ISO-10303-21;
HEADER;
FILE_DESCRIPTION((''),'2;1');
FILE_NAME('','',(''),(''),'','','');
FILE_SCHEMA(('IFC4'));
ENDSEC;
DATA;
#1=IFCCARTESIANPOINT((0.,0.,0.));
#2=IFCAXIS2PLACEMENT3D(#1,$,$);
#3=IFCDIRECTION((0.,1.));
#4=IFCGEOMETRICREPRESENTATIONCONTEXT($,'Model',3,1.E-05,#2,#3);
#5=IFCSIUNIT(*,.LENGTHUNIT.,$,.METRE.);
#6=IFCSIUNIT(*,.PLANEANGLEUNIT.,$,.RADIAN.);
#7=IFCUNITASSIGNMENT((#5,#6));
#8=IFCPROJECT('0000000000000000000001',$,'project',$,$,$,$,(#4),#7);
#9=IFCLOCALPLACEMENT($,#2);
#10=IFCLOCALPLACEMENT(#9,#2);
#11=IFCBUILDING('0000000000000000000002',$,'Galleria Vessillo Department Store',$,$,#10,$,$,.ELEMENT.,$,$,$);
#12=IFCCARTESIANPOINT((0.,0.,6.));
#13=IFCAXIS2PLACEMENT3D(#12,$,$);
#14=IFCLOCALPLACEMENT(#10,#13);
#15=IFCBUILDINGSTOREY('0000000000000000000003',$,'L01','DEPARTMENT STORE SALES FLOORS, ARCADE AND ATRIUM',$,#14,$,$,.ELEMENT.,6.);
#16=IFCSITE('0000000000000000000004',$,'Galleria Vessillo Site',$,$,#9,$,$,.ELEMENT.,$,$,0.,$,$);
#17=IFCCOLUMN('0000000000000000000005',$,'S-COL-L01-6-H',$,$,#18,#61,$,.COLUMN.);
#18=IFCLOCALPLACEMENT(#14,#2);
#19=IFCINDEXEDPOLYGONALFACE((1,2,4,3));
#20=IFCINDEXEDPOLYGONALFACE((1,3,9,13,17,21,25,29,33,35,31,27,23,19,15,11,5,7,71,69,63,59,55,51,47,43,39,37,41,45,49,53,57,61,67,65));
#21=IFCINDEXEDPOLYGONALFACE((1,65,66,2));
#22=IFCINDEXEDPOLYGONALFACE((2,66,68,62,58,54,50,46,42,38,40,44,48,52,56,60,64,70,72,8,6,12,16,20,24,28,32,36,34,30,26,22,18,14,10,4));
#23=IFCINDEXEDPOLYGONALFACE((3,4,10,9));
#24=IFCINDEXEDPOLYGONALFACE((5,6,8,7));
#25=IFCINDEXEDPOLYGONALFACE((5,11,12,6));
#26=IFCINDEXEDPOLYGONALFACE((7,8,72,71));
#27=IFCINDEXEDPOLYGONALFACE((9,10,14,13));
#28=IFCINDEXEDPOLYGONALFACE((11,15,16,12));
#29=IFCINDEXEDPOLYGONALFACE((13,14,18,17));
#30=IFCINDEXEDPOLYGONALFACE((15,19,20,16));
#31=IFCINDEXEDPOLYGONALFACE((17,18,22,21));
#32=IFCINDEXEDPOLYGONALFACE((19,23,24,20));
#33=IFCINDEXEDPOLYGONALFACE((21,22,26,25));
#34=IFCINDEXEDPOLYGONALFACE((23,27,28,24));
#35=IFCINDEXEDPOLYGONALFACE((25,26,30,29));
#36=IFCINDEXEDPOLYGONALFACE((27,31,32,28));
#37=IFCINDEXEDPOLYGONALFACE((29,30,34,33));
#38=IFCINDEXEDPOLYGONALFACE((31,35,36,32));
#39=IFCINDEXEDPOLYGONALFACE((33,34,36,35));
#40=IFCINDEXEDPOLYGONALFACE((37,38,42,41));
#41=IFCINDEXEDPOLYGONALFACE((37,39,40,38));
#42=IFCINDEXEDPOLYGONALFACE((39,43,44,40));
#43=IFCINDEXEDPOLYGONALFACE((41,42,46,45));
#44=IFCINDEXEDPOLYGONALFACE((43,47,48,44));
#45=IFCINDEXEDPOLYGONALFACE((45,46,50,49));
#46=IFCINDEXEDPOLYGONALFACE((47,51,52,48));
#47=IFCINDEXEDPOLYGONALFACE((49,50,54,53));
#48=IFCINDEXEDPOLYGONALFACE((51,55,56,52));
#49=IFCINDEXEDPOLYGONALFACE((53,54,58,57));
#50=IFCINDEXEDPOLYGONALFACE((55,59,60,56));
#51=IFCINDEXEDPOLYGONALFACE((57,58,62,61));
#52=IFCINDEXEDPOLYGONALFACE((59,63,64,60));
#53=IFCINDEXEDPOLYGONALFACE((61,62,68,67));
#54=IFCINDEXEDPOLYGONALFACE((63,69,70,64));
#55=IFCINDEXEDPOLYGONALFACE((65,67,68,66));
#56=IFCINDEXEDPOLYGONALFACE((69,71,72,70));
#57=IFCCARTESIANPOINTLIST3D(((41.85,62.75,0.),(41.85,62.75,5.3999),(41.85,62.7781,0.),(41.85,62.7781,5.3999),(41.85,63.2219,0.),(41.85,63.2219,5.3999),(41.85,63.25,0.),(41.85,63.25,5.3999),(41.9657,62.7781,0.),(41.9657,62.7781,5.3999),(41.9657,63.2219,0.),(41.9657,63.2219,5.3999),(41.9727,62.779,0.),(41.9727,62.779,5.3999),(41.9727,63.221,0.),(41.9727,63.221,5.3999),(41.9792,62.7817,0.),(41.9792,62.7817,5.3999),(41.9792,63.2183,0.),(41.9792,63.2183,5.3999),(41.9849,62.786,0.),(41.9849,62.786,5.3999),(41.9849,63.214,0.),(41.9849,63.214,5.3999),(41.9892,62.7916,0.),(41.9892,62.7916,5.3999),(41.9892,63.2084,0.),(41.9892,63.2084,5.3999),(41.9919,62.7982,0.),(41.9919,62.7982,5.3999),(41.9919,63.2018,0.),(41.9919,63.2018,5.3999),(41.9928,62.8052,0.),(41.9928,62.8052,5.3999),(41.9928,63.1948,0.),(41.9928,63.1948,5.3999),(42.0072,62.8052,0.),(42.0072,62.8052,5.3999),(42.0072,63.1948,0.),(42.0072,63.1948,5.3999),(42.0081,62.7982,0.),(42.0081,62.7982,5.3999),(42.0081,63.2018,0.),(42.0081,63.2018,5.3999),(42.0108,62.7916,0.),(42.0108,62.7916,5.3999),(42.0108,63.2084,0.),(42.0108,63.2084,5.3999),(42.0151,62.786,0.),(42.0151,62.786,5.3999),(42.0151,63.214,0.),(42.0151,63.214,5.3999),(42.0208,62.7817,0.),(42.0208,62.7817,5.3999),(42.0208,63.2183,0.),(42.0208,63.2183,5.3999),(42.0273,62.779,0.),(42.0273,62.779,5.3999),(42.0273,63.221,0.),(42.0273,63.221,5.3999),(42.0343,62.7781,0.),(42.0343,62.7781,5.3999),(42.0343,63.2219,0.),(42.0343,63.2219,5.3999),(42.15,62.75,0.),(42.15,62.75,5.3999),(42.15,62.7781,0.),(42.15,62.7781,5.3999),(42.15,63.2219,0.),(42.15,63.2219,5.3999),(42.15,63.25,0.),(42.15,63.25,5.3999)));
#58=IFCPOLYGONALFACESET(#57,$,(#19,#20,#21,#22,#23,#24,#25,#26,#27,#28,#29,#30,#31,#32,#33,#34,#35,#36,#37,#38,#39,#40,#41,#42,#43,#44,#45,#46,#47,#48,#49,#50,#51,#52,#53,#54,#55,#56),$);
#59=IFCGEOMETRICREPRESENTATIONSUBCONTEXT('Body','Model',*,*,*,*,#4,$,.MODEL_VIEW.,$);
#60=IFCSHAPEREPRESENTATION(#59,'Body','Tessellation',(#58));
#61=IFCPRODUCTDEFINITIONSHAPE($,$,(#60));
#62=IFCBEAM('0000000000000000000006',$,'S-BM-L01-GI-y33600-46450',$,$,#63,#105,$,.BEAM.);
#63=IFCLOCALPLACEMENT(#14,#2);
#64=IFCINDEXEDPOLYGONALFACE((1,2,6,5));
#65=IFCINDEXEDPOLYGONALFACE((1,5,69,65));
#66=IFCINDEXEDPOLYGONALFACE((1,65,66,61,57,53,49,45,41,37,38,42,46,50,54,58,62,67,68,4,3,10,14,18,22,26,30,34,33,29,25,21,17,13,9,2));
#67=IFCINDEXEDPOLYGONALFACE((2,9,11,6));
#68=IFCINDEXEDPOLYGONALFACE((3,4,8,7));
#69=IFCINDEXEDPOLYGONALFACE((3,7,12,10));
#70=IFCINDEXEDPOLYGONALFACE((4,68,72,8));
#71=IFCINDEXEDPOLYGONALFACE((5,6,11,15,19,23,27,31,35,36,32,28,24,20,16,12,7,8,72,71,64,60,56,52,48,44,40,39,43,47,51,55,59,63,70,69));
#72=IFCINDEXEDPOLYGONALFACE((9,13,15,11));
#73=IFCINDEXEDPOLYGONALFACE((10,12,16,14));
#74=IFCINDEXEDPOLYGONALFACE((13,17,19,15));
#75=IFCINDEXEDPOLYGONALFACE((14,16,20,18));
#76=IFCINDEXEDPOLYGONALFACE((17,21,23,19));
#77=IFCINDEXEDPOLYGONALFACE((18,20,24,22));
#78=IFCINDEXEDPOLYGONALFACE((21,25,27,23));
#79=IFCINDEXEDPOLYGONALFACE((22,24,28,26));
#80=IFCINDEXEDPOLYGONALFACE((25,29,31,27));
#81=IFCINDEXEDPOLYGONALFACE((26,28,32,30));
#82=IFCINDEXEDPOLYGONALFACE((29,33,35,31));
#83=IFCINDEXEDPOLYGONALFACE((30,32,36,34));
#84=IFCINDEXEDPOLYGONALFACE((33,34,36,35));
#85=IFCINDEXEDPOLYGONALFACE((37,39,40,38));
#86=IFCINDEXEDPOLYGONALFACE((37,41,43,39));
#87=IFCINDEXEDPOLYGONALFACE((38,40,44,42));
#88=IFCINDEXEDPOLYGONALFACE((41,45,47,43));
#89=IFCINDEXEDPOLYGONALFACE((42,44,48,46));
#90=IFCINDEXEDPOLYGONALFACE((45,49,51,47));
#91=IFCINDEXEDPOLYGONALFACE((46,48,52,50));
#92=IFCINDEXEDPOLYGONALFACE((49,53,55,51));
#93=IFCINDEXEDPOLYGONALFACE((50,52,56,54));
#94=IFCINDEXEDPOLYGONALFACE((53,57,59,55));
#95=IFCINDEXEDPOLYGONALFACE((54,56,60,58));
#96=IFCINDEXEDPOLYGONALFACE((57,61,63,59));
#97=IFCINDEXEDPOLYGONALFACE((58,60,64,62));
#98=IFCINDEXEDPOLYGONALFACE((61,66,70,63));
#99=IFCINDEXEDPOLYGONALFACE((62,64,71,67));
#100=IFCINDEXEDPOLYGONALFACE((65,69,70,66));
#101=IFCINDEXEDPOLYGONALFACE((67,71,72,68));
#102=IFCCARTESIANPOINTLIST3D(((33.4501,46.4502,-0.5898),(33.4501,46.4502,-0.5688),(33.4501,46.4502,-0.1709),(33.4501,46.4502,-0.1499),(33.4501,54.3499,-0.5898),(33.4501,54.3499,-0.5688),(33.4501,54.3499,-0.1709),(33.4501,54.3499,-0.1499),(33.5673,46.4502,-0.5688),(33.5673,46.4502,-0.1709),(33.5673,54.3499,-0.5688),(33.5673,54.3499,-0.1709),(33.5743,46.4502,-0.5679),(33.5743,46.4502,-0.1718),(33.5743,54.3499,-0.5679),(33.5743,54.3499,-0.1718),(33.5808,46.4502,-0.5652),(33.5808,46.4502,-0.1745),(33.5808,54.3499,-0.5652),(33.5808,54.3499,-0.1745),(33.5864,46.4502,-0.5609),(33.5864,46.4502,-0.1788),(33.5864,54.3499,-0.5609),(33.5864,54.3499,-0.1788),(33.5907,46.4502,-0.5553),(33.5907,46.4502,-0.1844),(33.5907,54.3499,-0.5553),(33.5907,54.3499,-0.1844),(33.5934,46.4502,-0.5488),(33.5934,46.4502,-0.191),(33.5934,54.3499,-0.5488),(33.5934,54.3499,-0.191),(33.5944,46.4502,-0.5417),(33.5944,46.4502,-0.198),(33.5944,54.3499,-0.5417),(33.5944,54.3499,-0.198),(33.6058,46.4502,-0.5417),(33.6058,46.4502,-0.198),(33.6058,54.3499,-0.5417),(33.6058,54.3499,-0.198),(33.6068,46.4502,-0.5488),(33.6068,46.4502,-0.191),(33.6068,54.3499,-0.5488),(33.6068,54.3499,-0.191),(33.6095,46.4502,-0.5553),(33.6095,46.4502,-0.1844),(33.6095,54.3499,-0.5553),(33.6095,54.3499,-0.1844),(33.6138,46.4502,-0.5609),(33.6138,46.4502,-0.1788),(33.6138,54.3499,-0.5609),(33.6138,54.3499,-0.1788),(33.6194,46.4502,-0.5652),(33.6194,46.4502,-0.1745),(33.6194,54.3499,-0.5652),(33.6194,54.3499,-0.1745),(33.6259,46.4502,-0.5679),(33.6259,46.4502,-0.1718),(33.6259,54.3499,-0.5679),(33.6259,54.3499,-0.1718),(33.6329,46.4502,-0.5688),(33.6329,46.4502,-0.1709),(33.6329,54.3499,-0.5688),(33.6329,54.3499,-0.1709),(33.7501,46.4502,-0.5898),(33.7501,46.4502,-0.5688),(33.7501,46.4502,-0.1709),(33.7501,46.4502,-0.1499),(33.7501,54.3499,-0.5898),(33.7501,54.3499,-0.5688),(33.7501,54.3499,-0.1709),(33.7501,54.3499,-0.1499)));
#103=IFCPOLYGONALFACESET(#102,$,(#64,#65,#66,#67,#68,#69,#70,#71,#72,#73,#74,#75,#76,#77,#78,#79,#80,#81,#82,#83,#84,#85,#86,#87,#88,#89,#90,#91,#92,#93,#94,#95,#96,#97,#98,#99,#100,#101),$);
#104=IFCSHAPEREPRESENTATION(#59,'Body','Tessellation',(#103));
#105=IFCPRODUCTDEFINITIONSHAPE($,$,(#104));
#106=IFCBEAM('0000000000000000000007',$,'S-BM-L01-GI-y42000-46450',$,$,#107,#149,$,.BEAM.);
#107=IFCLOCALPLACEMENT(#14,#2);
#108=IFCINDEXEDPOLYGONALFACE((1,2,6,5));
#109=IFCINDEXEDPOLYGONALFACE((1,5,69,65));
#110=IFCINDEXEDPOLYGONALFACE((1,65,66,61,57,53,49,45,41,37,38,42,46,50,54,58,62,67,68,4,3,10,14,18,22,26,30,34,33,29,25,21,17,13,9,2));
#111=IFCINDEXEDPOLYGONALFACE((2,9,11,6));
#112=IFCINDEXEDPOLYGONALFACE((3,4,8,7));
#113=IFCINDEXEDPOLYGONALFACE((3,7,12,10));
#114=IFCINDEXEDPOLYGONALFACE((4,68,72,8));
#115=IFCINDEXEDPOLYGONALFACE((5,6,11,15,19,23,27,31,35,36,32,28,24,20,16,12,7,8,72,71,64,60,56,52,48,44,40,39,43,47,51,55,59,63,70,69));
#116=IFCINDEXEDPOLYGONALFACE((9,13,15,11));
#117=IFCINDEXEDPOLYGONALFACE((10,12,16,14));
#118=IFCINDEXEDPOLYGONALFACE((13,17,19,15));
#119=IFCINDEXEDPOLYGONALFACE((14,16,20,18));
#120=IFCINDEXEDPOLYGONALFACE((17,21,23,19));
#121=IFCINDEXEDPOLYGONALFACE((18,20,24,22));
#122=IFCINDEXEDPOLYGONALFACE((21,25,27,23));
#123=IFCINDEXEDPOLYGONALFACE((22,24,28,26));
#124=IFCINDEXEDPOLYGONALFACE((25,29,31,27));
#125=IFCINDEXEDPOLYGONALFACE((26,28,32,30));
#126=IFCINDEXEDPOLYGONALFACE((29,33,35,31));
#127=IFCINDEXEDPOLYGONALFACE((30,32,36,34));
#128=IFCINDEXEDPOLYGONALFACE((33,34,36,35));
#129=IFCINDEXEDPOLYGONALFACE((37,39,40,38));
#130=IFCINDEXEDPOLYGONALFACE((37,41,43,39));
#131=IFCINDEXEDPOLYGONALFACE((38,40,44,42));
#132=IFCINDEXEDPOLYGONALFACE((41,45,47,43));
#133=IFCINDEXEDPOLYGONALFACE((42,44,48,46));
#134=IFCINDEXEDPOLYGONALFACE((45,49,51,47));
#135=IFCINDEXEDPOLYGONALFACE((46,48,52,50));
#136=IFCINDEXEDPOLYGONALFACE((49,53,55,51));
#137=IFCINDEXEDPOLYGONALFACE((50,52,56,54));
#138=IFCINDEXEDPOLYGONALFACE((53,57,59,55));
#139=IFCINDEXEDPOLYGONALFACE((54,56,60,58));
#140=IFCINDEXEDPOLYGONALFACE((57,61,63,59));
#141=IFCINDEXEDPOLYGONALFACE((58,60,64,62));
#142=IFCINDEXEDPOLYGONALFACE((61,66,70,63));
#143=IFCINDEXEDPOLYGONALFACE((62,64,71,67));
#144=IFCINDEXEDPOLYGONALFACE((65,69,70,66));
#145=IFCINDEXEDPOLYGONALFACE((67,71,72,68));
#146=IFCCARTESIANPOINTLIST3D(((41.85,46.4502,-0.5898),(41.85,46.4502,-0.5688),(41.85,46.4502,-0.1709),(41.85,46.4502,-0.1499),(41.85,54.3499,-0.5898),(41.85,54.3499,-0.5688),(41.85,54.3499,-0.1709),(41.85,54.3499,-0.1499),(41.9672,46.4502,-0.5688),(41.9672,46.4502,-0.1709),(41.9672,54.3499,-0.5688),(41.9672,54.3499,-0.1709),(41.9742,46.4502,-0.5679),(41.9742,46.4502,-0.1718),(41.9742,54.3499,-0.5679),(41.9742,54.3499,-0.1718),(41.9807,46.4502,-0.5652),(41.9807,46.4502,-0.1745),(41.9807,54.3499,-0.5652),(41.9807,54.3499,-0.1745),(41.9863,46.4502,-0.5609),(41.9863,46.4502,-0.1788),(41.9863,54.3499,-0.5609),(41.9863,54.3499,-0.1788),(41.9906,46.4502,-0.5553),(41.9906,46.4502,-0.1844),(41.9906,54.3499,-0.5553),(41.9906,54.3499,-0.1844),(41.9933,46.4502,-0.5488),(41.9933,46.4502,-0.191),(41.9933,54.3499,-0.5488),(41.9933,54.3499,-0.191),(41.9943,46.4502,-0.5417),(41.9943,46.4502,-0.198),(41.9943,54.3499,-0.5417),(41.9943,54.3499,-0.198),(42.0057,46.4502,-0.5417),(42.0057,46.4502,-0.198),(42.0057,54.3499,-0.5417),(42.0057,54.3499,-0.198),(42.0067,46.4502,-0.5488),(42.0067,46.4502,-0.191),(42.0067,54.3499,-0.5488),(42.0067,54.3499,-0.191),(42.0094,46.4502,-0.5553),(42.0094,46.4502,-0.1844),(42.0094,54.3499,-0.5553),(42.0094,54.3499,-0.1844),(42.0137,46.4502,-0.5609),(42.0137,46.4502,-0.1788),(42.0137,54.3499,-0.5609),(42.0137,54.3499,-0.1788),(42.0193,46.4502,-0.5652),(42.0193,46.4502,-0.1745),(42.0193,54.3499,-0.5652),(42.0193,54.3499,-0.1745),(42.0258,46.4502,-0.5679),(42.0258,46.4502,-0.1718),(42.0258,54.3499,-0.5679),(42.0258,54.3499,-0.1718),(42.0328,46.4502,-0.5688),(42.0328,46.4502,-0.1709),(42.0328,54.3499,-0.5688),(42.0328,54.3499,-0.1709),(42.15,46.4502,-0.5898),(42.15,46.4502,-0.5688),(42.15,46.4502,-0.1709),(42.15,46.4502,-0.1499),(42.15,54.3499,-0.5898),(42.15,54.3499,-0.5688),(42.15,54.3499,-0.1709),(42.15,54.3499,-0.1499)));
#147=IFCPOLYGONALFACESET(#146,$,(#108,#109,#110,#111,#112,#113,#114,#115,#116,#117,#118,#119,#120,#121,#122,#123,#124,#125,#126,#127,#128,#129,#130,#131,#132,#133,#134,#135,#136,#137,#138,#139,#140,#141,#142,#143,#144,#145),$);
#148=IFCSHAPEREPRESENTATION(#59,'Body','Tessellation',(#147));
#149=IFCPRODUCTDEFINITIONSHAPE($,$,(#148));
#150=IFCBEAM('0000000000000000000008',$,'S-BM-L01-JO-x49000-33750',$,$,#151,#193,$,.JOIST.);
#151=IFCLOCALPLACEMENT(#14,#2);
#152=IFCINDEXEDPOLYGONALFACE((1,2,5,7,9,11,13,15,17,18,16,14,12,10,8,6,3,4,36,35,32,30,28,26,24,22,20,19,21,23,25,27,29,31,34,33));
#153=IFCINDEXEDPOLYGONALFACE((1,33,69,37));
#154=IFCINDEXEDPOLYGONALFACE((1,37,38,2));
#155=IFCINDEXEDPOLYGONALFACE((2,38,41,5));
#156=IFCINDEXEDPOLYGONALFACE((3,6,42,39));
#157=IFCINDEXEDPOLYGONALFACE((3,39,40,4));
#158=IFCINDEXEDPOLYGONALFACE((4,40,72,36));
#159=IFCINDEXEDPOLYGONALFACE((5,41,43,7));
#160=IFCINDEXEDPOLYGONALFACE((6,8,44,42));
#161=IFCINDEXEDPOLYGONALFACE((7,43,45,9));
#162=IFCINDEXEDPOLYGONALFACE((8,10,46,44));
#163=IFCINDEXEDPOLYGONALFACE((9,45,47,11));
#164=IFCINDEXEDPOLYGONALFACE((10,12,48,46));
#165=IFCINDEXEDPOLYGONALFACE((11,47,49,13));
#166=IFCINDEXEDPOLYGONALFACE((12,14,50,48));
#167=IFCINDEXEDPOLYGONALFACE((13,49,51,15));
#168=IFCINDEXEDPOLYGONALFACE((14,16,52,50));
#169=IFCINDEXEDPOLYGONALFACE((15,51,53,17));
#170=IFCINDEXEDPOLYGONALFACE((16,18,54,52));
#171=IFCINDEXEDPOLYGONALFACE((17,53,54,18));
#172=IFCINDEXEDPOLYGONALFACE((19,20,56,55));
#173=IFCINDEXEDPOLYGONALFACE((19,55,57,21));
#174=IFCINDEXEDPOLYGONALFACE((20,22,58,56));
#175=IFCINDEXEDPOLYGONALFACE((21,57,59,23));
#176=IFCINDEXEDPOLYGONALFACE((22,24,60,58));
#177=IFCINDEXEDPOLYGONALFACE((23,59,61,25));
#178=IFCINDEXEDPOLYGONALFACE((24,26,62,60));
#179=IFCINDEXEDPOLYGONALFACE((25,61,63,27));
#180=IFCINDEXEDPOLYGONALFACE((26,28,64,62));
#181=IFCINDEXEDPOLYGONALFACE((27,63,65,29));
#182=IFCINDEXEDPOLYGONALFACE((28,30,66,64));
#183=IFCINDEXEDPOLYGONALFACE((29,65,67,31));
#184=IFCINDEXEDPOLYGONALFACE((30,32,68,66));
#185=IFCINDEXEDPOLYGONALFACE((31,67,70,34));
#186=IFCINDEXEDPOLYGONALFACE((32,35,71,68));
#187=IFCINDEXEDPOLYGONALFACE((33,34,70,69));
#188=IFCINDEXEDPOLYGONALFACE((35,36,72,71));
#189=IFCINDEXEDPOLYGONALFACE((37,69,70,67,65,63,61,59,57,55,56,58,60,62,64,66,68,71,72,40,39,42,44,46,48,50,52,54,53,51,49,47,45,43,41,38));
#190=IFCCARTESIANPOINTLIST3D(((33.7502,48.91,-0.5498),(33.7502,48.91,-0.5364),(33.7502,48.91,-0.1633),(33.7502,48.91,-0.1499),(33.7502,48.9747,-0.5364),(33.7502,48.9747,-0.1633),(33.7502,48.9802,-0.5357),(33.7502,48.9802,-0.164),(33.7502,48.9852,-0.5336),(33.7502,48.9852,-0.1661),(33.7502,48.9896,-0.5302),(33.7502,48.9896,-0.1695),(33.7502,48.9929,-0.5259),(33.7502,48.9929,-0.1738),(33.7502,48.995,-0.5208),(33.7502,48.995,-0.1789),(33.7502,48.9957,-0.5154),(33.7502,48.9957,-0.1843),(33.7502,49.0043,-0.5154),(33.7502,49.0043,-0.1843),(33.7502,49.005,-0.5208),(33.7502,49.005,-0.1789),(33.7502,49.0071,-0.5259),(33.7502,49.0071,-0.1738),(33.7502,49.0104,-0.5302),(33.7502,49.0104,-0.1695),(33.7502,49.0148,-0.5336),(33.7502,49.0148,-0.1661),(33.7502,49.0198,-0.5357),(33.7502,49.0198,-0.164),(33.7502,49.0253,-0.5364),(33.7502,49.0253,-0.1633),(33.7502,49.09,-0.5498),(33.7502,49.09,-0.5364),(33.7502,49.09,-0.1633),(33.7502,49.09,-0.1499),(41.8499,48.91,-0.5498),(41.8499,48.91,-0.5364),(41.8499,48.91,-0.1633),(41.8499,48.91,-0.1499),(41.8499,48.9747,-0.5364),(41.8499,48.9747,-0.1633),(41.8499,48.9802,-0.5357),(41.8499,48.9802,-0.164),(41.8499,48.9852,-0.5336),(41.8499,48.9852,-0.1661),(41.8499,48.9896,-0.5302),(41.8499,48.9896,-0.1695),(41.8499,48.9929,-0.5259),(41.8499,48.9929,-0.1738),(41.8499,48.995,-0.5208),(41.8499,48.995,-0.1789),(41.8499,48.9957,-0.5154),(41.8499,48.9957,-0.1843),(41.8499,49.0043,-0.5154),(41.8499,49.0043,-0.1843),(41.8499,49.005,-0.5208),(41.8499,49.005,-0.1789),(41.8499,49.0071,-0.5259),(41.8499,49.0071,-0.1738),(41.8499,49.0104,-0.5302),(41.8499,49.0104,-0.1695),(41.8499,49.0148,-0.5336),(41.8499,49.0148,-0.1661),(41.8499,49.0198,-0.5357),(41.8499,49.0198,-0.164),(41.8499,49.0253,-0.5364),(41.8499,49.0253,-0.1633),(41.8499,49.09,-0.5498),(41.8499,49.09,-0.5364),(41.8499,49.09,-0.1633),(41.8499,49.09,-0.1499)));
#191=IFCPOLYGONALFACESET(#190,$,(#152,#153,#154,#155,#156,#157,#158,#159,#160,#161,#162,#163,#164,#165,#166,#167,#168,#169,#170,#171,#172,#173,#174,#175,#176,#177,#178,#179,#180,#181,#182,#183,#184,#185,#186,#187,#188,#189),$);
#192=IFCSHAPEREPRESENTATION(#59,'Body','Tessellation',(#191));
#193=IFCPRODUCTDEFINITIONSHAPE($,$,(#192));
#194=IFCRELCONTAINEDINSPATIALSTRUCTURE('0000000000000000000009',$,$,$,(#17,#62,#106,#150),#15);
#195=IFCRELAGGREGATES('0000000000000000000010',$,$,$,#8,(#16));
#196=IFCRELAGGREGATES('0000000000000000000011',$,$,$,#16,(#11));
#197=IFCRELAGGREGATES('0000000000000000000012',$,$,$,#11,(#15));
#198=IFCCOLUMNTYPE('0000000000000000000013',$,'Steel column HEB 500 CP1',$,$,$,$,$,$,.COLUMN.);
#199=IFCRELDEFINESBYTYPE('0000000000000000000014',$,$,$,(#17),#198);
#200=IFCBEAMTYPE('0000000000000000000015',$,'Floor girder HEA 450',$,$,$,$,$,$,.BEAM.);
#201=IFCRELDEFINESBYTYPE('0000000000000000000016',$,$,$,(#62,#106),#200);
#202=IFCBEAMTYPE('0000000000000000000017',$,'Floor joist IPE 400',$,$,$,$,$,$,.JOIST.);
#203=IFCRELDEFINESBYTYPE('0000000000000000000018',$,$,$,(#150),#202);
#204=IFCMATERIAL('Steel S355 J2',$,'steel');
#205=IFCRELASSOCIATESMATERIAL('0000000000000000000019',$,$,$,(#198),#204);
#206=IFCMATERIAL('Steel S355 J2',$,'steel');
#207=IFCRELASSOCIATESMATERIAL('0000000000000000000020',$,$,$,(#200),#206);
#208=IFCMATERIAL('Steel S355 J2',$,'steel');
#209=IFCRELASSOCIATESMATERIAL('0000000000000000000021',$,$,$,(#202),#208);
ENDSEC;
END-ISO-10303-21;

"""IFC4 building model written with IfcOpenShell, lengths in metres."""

from ifc_helpers import new_model, si_unit, direction, frame, origin, origin_2d, place, context, subcontext, project, spatial, i_section, extrude, material, material_profile, profile_set, type_object, element, save


model = new_model("IFC4")

# Units and contexts
model_context = context("Model", 3, precision=1e-05, world=origin(), true_north=direction((0.0, 1.0)))
body_context = subcontext(model_context, "Body", "Model", "MODEL_VIEW")
ifc_project = project(units=[si_unit("LENGTHUNIT", "METRE"), si_unit("PLANEANGLEUNIT", "RADIAN")], contexts=[model_context])

# Site, building, storey
site_placement = place(None, origin())
site = spatial("IfcSite", under=ifc_project, at=site_placement, Name="Galleria Vessillo Site", CompositionType="ELEMENT", RefElevation=0.0)
building_placement = place(site_placement, origin())
building = spatial("IfcBuilding", under=site, at=building_placement, Name="Galleria Vessillo Department Store", CompositionType="ELEMENT")
storey_placement = place(building_placement, frame((0.0, 0.0, 6.0)))
storey = spatial("IfcBuildingStorey", under=building, at=storey_placement, Name="L01", Description="DEPARTMENT STORE SALES FLOORS, ARCADE AND ATRIUM", CompositionType="ELEMENT", Elevation=6.0)

# Column
ifc_material_1 = material(Name="Steel S355 J2", Category="steel")
ifc_material_profile_1 = material_profile(ifc_material_1, i_section(OverallWidth=0.3, OverallDepth=0.5, WebThickness=0.0144, FlangeThickness=0.0281, FilletRadius=0.0271, at=origin_2d()), Name="HEB 500")
ifc_profile_set_1 = profile_set([ifc_material_profile_1], Name="Steel S355 J2")
column_type = type_object("IfcColumnType", Name="Steel column HEB 500 CP1", PredefinedType="COLUMN", material=ifc_profile_set_1)
for number, where, z_axis, x_axis, name in (
    (1, (42.0, 63.0, 0.0), (0.0, 0.0, 1.0), (1.0, 0.0, 0.0), "S-COL-L01-6-H"),
):
    element("IfcColumn", number, at=place(storey_placement, frame(where, z_axis=z_axis, x_axis=x_axis)), inside=storey, type_object=column_type, Name=name, PredefinedType="COLUMN", context=body_context, shape_type="SweptSolid", body=[
        extrude(i_section(OverallWidth=0.3, OverallDepth=0.5, WebThickness=0.0144, FlangeThickness=0.0281, FilletRadius=0.0271, at=origin_2d()), origin(), (0.0, 0.0, 1.0), 5.3999),
    ])

# Beams
ifc_material_2 = material(Name="Steel S355 J2", Category="steel")
ifc_material_profile_2 = material_profile(ifc_material_2, i_section(OverallWidth=0.3, OverallDepth=0.4399, WebThickness=0.0115, FlangeThickness=0.021, FilletRadius=0.0271, at=origin_2d()), Name="HEA 450")
ifc_profile_set_2 = profile_set([ifc_material_profile_2], Name="Steel S355 J2")
beam_type_1 = type_object("IfcBeamType", Name="Floor girder HEA 450", PredefinedType="BEAM", material=ifc_profile_set_2)
for number, where, z_axis, x_axis, name in (
    (2, (33.6001, 46.4502, -0.3699), (0.0, 1.0, 0.0), (-1.0, 0.0, 0.0), "S-BM-L01-GI-y33600-46450"),
    (3, (42.0, 46.4502, -0.3699), (0.0, 1.0, 0.0), (-1.0, 0.0, 0.0), "S-BM-L01-GI-y42000-46450"),
):
    element("IfcBeam", number, at=place(storey_placement, frame(where, z_axis=z_axis, x_axis=x_axis)), inside=storey, type_object=beam_type_1, Name=name, PredefinedType="BEAM", context=body_context, shape_type="SweptSolid", body=[
        extrude(i_section(OverallWidth=0.3, OverallDepth=0.4399, WebThickness=0.0115, FlangeThickness=0.021, FilletRadius=0.0271, at=origin_2d()), origin(), (0.0, 0.0, 1.0), 7.8997),
    ])
ifc_material_3 = material(Name="Steel S355 J2", Category="steel")
ifc_material_profile_3 = material_profile(ifc_material_3, i_section(OverallWidth=0.1799, OverallDepth=0.3999, WebThickness=0.0085, FlangeThickness=0.0134, FilletRadius=0.021, at=origin_2d()), Name="IPE 400")
ifc_profile_set_3 = profile_set([ifc_material_profile_3], Name="Steel S355 J2")
beam_type_2 = type_object("IfcBeamType", Name="Floor joist IPE 400", PredefinedType="JOIST", material=ifc_profile_set_3)
for number, where, z_axis, x_axis, name in (
    (4, (33.7502, 49.0, -0.3499), (1.0, 0.0, 0.0), (0.0, 1.0, 0.0), "S-BM-L01-JO-x49000-33750"),
):
    element("IfcBeam", number, at=place(storey_placement, frame(where, z_axis=z_axis, x_axis=x_axis)), inside=storey, type_object=beam_type_2, Name=name, PredefinedType="JOIST", context=body_context, shape_type="SweptSolid", body=[
        extrude(i_section(OverallWidth=0.1799, OverallDepth=0.3999, WebThickness=0.0085, FlangeThickness=0.0134, FilletRadius=0.021, at=origin_2d()), origin(), (0.0, 0.0, 1.0), 8.0996),
    ])

save(model, "model.ifc")
